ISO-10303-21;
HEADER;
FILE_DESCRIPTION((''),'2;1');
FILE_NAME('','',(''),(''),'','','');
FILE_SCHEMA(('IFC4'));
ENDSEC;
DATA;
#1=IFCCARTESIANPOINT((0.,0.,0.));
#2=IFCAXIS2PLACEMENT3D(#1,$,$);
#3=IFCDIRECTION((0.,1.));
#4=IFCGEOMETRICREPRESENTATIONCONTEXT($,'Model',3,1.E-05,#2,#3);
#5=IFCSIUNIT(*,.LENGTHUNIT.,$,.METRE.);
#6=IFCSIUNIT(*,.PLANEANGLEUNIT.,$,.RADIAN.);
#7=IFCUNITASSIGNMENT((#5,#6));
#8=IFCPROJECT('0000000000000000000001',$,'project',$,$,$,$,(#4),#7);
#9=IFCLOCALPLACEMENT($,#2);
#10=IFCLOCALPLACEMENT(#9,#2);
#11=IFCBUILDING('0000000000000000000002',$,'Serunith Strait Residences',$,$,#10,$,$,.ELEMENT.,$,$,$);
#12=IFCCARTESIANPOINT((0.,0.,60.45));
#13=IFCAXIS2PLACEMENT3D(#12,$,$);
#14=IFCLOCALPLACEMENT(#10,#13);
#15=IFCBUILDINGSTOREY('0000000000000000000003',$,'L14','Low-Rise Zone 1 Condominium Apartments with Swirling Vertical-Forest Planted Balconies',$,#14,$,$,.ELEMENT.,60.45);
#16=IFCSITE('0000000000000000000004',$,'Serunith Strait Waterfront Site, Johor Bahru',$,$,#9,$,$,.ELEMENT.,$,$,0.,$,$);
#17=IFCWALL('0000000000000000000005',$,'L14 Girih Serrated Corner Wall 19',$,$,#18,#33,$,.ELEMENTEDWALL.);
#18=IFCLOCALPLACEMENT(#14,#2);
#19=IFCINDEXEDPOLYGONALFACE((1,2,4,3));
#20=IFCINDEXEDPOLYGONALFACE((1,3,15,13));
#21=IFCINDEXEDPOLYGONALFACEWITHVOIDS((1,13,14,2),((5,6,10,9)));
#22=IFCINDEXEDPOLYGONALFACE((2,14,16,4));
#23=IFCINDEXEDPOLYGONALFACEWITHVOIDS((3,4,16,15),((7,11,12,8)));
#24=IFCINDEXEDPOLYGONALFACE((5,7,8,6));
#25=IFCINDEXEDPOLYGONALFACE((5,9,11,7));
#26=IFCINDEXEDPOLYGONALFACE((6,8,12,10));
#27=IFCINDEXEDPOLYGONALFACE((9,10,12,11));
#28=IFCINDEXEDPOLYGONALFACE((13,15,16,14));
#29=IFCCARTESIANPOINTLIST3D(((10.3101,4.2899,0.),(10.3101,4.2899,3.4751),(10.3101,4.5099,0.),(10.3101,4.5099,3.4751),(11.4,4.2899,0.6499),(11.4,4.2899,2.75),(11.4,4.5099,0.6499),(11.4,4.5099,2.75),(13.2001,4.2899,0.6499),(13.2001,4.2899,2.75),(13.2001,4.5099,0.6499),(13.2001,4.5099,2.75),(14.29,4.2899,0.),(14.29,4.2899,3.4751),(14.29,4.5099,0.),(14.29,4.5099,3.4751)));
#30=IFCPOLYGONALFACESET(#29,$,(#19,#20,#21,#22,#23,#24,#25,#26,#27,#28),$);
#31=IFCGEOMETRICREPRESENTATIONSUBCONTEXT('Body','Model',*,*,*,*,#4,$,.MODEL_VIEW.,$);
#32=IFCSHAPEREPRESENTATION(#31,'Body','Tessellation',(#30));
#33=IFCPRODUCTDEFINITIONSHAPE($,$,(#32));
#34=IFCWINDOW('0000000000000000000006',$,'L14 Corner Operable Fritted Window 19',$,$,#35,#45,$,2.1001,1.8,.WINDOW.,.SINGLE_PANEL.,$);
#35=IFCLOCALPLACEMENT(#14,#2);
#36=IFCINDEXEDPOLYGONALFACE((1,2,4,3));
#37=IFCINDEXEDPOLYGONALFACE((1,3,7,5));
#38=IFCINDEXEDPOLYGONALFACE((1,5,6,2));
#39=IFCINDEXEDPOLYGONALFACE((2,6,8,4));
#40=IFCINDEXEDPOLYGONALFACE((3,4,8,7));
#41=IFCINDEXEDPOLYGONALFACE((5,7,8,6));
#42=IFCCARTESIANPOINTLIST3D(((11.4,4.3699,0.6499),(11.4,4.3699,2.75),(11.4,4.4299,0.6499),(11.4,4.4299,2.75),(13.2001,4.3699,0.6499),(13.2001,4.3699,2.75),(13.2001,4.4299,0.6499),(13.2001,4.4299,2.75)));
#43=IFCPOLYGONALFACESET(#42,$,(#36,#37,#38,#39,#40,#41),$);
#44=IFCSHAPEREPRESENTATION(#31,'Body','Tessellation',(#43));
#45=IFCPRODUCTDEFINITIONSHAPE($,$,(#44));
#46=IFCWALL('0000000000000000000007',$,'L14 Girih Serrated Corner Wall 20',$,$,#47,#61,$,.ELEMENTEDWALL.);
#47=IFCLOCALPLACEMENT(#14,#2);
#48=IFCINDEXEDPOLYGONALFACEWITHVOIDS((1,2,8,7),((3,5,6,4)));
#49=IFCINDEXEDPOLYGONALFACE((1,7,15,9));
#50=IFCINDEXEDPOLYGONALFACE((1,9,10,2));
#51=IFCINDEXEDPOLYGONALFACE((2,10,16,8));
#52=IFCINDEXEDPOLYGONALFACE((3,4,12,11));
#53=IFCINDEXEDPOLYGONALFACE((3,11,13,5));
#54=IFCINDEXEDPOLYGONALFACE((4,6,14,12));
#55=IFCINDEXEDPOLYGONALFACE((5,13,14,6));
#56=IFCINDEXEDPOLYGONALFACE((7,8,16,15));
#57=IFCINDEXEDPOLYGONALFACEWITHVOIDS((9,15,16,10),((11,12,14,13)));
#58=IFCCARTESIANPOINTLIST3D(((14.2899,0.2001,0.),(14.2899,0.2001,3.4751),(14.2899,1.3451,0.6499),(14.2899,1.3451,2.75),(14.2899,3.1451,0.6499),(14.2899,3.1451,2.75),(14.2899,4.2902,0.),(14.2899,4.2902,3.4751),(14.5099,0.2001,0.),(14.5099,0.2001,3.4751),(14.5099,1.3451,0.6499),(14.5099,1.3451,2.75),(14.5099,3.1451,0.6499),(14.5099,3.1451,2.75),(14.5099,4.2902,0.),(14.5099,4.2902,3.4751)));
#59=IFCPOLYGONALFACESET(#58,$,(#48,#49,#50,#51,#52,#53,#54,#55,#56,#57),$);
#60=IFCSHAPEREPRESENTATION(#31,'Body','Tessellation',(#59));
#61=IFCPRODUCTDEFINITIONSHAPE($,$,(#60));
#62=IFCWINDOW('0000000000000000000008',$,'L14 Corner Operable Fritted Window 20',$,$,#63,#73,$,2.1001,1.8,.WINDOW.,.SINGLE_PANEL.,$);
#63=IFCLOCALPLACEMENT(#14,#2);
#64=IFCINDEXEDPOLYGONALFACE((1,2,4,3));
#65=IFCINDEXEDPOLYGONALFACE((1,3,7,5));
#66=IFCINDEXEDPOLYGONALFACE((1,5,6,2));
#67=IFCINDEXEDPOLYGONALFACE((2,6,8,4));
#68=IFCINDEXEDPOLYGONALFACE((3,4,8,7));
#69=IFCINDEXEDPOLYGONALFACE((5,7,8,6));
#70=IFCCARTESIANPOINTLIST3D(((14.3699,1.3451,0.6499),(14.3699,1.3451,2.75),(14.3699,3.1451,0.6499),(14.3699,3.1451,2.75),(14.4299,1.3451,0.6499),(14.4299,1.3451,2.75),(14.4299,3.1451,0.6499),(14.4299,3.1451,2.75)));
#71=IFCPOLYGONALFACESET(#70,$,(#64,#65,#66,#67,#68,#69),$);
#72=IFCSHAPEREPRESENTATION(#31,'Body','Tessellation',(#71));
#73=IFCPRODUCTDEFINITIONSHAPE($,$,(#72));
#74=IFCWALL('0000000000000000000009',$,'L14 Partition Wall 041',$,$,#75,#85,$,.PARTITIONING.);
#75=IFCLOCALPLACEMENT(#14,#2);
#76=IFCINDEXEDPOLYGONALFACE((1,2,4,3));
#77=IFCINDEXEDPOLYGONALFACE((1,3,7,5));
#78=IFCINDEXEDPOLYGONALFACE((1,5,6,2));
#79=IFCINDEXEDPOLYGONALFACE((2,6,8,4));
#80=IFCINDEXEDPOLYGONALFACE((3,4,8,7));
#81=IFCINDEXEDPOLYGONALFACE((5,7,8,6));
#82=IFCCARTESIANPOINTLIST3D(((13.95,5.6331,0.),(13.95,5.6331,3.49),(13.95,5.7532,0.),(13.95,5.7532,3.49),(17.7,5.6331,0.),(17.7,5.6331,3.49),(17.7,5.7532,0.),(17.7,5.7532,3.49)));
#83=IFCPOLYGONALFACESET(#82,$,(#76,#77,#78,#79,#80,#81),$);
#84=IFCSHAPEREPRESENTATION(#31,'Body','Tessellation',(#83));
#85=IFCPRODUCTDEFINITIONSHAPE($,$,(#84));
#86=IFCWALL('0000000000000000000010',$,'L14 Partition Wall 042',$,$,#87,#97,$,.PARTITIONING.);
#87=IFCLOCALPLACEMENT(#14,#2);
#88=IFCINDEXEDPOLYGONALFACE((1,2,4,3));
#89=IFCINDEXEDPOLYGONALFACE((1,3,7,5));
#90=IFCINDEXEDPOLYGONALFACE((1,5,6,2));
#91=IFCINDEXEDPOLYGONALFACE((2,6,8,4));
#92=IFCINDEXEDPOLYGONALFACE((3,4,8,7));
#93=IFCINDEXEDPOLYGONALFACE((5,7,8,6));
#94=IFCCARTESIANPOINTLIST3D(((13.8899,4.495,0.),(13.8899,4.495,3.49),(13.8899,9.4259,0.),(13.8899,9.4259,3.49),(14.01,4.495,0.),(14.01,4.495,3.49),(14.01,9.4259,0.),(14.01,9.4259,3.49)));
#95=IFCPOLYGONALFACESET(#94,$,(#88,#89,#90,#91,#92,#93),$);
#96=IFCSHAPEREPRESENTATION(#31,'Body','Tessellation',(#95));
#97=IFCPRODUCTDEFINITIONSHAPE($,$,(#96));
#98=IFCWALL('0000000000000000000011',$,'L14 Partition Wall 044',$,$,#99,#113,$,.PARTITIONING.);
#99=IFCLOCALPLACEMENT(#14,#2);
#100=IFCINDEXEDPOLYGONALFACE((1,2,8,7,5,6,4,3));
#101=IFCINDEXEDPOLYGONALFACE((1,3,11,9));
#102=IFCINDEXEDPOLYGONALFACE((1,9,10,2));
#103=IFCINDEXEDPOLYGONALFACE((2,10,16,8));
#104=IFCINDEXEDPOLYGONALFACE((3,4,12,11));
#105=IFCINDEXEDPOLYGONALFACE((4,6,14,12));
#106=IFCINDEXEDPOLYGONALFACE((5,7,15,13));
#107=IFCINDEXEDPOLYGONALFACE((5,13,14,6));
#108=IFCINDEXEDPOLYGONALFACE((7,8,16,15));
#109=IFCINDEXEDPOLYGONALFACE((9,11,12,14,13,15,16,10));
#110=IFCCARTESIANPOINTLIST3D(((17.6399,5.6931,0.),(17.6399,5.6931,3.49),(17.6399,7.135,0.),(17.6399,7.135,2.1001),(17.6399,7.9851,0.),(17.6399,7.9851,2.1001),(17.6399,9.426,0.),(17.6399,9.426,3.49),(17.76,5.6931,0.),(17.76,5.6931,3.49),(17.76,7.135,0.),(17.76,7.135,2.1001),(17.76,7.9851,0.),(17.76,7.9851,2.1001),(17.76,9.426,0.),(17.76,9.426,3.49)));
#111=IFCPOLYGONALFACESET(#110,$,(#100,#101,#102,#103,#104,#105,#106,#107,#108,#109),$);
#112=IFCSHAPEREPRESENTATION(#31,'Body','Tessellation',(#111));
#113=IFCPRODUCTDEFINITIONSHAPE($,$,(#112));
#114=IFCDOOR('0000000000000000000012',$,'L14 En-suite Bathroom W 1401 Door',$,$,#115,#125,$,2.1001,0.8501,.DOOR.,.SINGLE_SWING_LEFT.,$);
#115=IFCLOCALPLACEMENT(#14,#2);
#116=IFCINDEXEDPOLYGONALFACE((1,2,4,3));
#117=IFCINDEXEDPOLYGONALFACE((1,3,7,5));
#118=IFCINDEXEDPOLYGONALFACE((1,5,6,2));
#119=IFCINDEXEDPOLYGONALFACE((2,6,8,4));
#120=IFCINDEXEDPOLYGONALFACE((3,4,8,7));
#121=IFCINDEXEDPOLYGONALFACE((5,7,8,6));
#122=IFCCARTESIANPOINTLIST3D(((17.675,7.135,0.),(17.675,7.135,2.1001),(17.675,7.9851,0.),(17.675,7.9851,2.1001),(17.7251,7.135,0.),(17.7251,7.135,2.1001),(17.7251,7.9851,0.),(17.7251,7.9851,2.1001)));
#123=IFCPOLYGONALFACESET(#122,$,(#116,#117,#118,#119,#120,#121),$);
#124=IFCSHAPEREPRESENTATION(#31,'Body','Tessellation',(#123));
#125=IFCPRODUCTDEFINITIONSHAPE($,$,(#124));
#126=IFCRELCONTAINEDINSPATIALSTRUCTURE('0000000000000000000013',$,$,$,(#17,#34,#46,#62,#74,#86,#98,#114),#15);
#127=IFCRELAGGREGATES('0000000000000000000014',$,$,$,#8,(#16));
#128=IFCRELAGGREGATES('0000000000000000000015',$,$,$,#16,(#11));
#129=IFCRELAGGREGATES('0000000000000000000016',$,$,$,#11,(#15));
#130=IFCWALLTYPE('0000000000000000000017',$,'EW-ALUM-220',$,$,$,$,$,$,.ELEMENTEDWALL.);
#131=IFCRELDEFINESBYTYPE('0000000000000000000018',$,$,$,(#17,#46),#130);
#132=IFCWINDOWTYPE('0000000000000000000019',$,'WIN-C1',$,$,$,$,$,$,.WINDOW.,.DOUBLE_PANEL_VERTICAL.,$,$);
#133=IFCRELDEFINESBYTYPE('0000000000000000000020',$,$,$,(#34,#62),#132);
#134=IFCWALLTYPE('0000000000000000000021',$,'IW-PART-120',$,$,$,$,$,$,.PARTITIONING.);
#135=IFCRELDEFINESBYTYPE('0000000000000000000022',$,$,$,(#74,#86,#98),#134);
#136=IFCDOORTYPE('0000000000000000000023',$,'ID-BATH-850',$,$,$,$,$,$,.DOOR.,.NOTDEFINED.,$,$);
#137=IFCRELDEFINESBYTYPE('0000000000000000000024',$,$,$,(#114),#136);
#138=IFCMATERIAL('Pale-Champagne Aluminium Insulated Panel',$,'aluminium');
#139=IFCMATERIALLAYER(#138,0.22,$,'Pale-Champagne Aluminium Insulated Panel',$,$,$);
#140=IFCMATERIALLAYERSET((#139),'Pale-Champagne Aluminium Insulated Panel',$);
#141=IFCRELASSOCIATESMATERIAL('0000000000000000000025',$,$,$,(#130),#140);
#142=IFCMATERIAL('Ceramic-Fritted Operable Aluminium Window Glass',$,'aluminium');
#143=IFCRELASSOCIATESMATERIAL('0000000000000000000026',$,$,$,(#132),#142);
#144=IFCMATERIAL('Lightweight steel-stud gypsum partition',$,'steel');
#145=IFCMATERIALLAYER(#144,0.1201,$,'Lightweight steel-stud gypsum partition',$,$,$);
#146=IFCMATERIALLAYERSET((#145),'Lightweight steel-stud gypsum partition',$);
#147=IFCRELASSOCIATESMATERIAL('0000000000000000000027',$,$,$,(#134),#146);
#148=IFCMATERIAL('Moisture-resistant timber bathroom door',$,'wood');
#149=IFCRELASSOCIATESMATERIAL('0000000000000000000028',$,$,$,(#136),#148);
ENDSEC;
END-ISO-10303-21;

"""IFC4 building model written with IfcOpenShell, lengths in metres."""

from ifc_helpers import new_model, si_unit, direction, frame, frame_2d, origin, place, context, subcontext, project, spatial, rectangle, extrude, source, transform, mapped, material, layer, layer_set, type_object, element, fill, save


model = new_model("IFC4")

# Units and contexts
model_context = context("Model", 3, precision=1e-05, world=origin(), true_north=direction((0.0, 1.0)))
body_context = subcontext(model_context, "Body", "Model", "MODEL_VIEW")
ifc_project = project(units=[si_unit("LENGTHUNIT", "METRE"), si_unit("PLANEANGLEUNIT", "RADIAN")], contexts=[model_context])

# Site, building, storey
site_placement = place(None, origin())
site = spatial("IfcSite", under=ifc_project, at=site_placement, Name="Serunith Strait Waterfront Site, Johor Bahru", CompositionType="ELEMENT", RefElevation=0.0)
building_placement = place(site_placement, origin())
building = spatial("IfcBuilding", under=site, at=building_placement, Name="Serunith Strait Residences", CompositionType="ELEMENT")
storey_placement = place(building_placement, frame((0.0, 0.0, 60.45)))
storey = spatial("IfcBuildingStorey", under=building, at=storey_placement, Name="L14", Description="Low-Rise Zone 1 Condominium Apartments with Swirling Vertical-Forest Planted Balconies", CompositionType="ELEMENT", Elevation=60.45)

# Walls, openings, windows
ifc_material_1 = material(Name="Pale-Champagne Aluminium Insulated Panel", Category="aluminium")
ifc_layer_1 = layer(ifc_material_1, 0.22, Name="Pale-Champagne Aluminium Insulated Panel")
ifc_layer_set_1 = layer_set([ifc_layer_1], Name="Pale-Champagne Aluminium Insulated Panel")
wall_type_1 = type_object("IfcWallType", Name="EW-ALUM-220", PredefinedType="ELEMENTEDWALL", material=ifc_layer_set_1)
ifc_material_2 = material(Name="Ceramic-Fritted Operable Aluminium Window Glass", Category="aluminium")
window_type = type_object("IfcWindowType", Name="WIN-C1", PartitioningType="DOUBLE_PANEL_VERTICAL", PredefinedType="WINDOW", material=ifc_material_2)
shared_shape_1 = source(origin(), body_context, "Body", "SweptSolid", [
    extrude(rectangle(XDim=1.8, YDim=2.1001, at=frame_2d((0.8999, 1.05))), frame((0.0, 0.03, 0.0), z_axis=(0.0, -1.0, 0.0), x_axis=(1.0, 0.0, 0.0)), (0.0, 0.0, 1.0), 0.0601),
])
wall_1_placement = place(storey_placement, frame((10.3101, 4.3999, 0.0), z_axis=(0.0, 0.0, 1.0), x_axis=(1.0, 0.0, 0.0)))
wall_1 = element("IfcWall", 1, at=wall_1_placement, inside=storey, type_object=wall_type_1, Name="L14 Girih Serrated Corner Wall 19", PredefinedType="ELEMENTEDWALL", context=body_context, shape_type="SweptSolid", body=[
    extrude(rectangle(XDim=3.98, YDim=0.22, at=frame_2d((1.99, 0.0))), origin(), (0.0, 0.0, 1.0), 3.4751),
])
opening_1_placement = place(wall_1_placement, frame((1.0901, 0.0, 0.6499)))
opening_1 = element("IfcOpeningElement", 2, at=opening_1_placement, cuts=wall_1, PredefinedType="OPENING", context=body_context, shape_type="SweptSolid", body=[
    extrude(rectangle(XDim=1.8, YDim=2.1001, at=frame_2d((0.8999, 1.05))), frame((0.0, 0.1201, 0.0), z_axis=(0.0, -1.0, 0.0), x_axis=(1.0, 0.0, 0.0)), (0.0, 0.0, 1.0), 0.24),
])
window_1_placement = place(opening_1_placement, origin())
window_1 = element("IfcWindow", 3, at=window_1_placement, inside=storey, type_object=window_type, Name="L14 Corner Operable Fritted Window 19", OverallHeight=2.1001, OverallWidth=1.8, PartitioningType="SINGLE_PANEL", PredefinedType="WINDOW", context=body_context, shape_type="MappedRepresentation", body=[
    mapped(shared_shape_1, transform((0.0, 0.0, 0.0), scale=1.0)),
])
fill(opening_1, window_1)
wall_2_placement = place(storey_placement, frame((14.3999, 4.29, 0.0), z_axis=(0.0, 0.0, 1.0), x_axis=(0.0, -1.0, 0.0)))
wall_2 = element("IfcWall", 4, at=wall_2_placement, inside=storey, type_object=wall_type_1, Name="L14 Girih Serrated Corner Wall 20", PredefinedType="ELEMENTEDWALL", context=body_context, shape_type="SweptSolid", body=[
    extrude(rectangle(XDim=4.0901, YDim=0.22, at=frame_2d((2.0449, 0.0))), origin(), (0.0, 0.0, 1.0), 3.4751),
])
opening_2_placement = place(wall_2_placement, frame((1.145, 0.0, 0.6499)))
opening_2 = element("IfcOpeningElement", 5, at=opening_2_placement, cuts=wall_2, PredefinedType="OPENING", context=body_context, shape_type="SweptSolid", body=[
    extrude(rectangle(XDim=1.8, YDim=2.1001, at=frame_2d((0.8999, 1.05))), frame((0.0, 0.1201, 0.0), z_axis=(0.0, -1.0, 0.0), x_axis=(1.0, 0.0, 0.0)), (0.0, 0.0, 1.0), 0.24),
])
window_2_placement = place(opening_2_placement, origin())
window_2 = element("IfcWindow", 6, at=window_2_placement, inside=storey, type_object=window_type, Name="L14 Corner Operable Fritted Window 20", OverallHeight=2.1001, OverallWidth=1.8, PartitioningType="SINGLE_PANEL", PredefinedType="WINDOW", context=body_context, shape_type="MappedRepresentation", body=[
    mapped(shared_shape_1, transform((0.0, 0.0, 0.0), scale=1.0)),
])
fill(opening_2, window_2)

# Walls
ifc_material_3 = material(Name="Lightweight steel-stud gypsum partition", Category="steel")
ifc_layer_2 = layer(ifc_material_3, 0.1201, Name="Lightweight steel-stud gypsum partition")
ifc_layer_set_2 = layer_set([ifc_layer_2], Name="Lightweight steel-stud gypsum partition")
wall_type_2 = type_object("IfcWallType", Name="IW-PART-120", PredefinedType="PARTITIONING", material=ifc_layer_set_2)
wall_3_placement = place(storey_placement, frame((13.95, 5.6931, 0.0), z_axis=(0.0, 0.0, 1.0), x_axis=(1.0, 0.0, 0.0)))
element("IfcWall", 7, at=wall_3_placement, inside=storey, type_object=wall_type_2, Name="L14 Partition Wall 041", PredefinedType="PARTITIONING", context=body_context, shape_type="SweptSolid", body=[
    extrude(rectangle(XDim=3.75, YDim=0.1201, at=frame_2d((1.875, 0.0))), origin(), (0.0, 0.0, 1.0), 3.49),
])
wall_4_placement = place(storey_placement, frame((13.95, 4.4951, 0.0), z_axis=(0.0, 0.0, 1.0), x_axis=(0.0, 1.0, 0.0)))
element("IfcWall", 8, at=wall_4_placement, inside=storey, type_object=wall_type_2, Name="L14 Partition Wall 042", PredefinedType="PARTITIONING", context=body_context, shape_type="SweptSolid", body=[
    extrude(rectangle(XDim=4.9309, YDim=0.1201, at=frame_2d((2.4653, 0.0))), origin(), (0.0, 0.0, 1.0), 3.49),
])

# Wall, opening, door
wall_5_placement = place(storey_placement, frame((17.7, 5.6931, 0.0), z_axis=(0.0, 0.0, 1.0), x_axis=(0.0, 1.0, 0.0)))
wall_5 = element("IfcWall", 9, at=wall_5_placement, inside=storey, type_object=wall_type_2, Name="L14 Partition Wall 044", PredefinedType="PARTITIONING", context=body_context, shape_type="SweptSolid", body=[
    extrude(rectangle(XDim=3.7329, YDim=0.1201, at=frame_2d((1.8665, 0.0))), origin(), (0.0, 0.0, 1.0), 3.49),
])
opening_3_placement = place(wall_5_placement, frame((1.4419, 0.0, 0.0)))
opening_3 = element("IfcOpeningElement", 10, at=opening_3_placement, cuts=wall_5, PredefinedType="OPENING", context=body_context, shape_type="SweptSolid", body=[
    extrude(rectangle(XDim=0.8501, YDim=2.1001, at=frame_2d((0.425, 1.05))), frame((0.0, 0.0701, 0.0), z_axis=(0.0, -1.0, 0.0), x_axis=(1.0, 0.0, 0.0)), (0.0, 0.0, 1.0), 0.1401),
])
ifc_material_4 = material(Name="Moisture-resistant timber bathroom door", Category="wood")
door_type = type_object("IfcDoorType", Name="ID-BATH-850", OperationType="NOTDEFINED", PredefinedType="DOOR", material=ifc_material_4)
shared_shape_2 = source(origin(), body_context, "Body", "SweptSolid", [
    extrude(rectangle(XDim=0.8501, YDim=2.1001, at=frame_2d((0.425, 1.05))), frame((0.0, 0.0249, 0.0), z_axis=(0.0, -1.0, 0.0), x_axis=(1.0, 0.0, 0.0)), (0.0, 0.0, 1.0), 0.05),
])
door_placement = place(opening_3_placement, origin())
door = element("IfcDoor", 11, at=door_placement, inside=storey, type_object=door_type, Name="L14 En-suite Bathroom W 1401 Door", OperationType="SINGLE_SWING_LEFT", OverallHeight=2.1001, OverallWidth=0.8501, PredefinedType="DOOR", context=body_context, shape_type="MappedRepresentation", body=[
    mapped(shared_shape_2, transform((0.0, 0.0, 0.0), scale=1.0)),
])
fill(opening_3, door)

save(model, "model.ifc")
